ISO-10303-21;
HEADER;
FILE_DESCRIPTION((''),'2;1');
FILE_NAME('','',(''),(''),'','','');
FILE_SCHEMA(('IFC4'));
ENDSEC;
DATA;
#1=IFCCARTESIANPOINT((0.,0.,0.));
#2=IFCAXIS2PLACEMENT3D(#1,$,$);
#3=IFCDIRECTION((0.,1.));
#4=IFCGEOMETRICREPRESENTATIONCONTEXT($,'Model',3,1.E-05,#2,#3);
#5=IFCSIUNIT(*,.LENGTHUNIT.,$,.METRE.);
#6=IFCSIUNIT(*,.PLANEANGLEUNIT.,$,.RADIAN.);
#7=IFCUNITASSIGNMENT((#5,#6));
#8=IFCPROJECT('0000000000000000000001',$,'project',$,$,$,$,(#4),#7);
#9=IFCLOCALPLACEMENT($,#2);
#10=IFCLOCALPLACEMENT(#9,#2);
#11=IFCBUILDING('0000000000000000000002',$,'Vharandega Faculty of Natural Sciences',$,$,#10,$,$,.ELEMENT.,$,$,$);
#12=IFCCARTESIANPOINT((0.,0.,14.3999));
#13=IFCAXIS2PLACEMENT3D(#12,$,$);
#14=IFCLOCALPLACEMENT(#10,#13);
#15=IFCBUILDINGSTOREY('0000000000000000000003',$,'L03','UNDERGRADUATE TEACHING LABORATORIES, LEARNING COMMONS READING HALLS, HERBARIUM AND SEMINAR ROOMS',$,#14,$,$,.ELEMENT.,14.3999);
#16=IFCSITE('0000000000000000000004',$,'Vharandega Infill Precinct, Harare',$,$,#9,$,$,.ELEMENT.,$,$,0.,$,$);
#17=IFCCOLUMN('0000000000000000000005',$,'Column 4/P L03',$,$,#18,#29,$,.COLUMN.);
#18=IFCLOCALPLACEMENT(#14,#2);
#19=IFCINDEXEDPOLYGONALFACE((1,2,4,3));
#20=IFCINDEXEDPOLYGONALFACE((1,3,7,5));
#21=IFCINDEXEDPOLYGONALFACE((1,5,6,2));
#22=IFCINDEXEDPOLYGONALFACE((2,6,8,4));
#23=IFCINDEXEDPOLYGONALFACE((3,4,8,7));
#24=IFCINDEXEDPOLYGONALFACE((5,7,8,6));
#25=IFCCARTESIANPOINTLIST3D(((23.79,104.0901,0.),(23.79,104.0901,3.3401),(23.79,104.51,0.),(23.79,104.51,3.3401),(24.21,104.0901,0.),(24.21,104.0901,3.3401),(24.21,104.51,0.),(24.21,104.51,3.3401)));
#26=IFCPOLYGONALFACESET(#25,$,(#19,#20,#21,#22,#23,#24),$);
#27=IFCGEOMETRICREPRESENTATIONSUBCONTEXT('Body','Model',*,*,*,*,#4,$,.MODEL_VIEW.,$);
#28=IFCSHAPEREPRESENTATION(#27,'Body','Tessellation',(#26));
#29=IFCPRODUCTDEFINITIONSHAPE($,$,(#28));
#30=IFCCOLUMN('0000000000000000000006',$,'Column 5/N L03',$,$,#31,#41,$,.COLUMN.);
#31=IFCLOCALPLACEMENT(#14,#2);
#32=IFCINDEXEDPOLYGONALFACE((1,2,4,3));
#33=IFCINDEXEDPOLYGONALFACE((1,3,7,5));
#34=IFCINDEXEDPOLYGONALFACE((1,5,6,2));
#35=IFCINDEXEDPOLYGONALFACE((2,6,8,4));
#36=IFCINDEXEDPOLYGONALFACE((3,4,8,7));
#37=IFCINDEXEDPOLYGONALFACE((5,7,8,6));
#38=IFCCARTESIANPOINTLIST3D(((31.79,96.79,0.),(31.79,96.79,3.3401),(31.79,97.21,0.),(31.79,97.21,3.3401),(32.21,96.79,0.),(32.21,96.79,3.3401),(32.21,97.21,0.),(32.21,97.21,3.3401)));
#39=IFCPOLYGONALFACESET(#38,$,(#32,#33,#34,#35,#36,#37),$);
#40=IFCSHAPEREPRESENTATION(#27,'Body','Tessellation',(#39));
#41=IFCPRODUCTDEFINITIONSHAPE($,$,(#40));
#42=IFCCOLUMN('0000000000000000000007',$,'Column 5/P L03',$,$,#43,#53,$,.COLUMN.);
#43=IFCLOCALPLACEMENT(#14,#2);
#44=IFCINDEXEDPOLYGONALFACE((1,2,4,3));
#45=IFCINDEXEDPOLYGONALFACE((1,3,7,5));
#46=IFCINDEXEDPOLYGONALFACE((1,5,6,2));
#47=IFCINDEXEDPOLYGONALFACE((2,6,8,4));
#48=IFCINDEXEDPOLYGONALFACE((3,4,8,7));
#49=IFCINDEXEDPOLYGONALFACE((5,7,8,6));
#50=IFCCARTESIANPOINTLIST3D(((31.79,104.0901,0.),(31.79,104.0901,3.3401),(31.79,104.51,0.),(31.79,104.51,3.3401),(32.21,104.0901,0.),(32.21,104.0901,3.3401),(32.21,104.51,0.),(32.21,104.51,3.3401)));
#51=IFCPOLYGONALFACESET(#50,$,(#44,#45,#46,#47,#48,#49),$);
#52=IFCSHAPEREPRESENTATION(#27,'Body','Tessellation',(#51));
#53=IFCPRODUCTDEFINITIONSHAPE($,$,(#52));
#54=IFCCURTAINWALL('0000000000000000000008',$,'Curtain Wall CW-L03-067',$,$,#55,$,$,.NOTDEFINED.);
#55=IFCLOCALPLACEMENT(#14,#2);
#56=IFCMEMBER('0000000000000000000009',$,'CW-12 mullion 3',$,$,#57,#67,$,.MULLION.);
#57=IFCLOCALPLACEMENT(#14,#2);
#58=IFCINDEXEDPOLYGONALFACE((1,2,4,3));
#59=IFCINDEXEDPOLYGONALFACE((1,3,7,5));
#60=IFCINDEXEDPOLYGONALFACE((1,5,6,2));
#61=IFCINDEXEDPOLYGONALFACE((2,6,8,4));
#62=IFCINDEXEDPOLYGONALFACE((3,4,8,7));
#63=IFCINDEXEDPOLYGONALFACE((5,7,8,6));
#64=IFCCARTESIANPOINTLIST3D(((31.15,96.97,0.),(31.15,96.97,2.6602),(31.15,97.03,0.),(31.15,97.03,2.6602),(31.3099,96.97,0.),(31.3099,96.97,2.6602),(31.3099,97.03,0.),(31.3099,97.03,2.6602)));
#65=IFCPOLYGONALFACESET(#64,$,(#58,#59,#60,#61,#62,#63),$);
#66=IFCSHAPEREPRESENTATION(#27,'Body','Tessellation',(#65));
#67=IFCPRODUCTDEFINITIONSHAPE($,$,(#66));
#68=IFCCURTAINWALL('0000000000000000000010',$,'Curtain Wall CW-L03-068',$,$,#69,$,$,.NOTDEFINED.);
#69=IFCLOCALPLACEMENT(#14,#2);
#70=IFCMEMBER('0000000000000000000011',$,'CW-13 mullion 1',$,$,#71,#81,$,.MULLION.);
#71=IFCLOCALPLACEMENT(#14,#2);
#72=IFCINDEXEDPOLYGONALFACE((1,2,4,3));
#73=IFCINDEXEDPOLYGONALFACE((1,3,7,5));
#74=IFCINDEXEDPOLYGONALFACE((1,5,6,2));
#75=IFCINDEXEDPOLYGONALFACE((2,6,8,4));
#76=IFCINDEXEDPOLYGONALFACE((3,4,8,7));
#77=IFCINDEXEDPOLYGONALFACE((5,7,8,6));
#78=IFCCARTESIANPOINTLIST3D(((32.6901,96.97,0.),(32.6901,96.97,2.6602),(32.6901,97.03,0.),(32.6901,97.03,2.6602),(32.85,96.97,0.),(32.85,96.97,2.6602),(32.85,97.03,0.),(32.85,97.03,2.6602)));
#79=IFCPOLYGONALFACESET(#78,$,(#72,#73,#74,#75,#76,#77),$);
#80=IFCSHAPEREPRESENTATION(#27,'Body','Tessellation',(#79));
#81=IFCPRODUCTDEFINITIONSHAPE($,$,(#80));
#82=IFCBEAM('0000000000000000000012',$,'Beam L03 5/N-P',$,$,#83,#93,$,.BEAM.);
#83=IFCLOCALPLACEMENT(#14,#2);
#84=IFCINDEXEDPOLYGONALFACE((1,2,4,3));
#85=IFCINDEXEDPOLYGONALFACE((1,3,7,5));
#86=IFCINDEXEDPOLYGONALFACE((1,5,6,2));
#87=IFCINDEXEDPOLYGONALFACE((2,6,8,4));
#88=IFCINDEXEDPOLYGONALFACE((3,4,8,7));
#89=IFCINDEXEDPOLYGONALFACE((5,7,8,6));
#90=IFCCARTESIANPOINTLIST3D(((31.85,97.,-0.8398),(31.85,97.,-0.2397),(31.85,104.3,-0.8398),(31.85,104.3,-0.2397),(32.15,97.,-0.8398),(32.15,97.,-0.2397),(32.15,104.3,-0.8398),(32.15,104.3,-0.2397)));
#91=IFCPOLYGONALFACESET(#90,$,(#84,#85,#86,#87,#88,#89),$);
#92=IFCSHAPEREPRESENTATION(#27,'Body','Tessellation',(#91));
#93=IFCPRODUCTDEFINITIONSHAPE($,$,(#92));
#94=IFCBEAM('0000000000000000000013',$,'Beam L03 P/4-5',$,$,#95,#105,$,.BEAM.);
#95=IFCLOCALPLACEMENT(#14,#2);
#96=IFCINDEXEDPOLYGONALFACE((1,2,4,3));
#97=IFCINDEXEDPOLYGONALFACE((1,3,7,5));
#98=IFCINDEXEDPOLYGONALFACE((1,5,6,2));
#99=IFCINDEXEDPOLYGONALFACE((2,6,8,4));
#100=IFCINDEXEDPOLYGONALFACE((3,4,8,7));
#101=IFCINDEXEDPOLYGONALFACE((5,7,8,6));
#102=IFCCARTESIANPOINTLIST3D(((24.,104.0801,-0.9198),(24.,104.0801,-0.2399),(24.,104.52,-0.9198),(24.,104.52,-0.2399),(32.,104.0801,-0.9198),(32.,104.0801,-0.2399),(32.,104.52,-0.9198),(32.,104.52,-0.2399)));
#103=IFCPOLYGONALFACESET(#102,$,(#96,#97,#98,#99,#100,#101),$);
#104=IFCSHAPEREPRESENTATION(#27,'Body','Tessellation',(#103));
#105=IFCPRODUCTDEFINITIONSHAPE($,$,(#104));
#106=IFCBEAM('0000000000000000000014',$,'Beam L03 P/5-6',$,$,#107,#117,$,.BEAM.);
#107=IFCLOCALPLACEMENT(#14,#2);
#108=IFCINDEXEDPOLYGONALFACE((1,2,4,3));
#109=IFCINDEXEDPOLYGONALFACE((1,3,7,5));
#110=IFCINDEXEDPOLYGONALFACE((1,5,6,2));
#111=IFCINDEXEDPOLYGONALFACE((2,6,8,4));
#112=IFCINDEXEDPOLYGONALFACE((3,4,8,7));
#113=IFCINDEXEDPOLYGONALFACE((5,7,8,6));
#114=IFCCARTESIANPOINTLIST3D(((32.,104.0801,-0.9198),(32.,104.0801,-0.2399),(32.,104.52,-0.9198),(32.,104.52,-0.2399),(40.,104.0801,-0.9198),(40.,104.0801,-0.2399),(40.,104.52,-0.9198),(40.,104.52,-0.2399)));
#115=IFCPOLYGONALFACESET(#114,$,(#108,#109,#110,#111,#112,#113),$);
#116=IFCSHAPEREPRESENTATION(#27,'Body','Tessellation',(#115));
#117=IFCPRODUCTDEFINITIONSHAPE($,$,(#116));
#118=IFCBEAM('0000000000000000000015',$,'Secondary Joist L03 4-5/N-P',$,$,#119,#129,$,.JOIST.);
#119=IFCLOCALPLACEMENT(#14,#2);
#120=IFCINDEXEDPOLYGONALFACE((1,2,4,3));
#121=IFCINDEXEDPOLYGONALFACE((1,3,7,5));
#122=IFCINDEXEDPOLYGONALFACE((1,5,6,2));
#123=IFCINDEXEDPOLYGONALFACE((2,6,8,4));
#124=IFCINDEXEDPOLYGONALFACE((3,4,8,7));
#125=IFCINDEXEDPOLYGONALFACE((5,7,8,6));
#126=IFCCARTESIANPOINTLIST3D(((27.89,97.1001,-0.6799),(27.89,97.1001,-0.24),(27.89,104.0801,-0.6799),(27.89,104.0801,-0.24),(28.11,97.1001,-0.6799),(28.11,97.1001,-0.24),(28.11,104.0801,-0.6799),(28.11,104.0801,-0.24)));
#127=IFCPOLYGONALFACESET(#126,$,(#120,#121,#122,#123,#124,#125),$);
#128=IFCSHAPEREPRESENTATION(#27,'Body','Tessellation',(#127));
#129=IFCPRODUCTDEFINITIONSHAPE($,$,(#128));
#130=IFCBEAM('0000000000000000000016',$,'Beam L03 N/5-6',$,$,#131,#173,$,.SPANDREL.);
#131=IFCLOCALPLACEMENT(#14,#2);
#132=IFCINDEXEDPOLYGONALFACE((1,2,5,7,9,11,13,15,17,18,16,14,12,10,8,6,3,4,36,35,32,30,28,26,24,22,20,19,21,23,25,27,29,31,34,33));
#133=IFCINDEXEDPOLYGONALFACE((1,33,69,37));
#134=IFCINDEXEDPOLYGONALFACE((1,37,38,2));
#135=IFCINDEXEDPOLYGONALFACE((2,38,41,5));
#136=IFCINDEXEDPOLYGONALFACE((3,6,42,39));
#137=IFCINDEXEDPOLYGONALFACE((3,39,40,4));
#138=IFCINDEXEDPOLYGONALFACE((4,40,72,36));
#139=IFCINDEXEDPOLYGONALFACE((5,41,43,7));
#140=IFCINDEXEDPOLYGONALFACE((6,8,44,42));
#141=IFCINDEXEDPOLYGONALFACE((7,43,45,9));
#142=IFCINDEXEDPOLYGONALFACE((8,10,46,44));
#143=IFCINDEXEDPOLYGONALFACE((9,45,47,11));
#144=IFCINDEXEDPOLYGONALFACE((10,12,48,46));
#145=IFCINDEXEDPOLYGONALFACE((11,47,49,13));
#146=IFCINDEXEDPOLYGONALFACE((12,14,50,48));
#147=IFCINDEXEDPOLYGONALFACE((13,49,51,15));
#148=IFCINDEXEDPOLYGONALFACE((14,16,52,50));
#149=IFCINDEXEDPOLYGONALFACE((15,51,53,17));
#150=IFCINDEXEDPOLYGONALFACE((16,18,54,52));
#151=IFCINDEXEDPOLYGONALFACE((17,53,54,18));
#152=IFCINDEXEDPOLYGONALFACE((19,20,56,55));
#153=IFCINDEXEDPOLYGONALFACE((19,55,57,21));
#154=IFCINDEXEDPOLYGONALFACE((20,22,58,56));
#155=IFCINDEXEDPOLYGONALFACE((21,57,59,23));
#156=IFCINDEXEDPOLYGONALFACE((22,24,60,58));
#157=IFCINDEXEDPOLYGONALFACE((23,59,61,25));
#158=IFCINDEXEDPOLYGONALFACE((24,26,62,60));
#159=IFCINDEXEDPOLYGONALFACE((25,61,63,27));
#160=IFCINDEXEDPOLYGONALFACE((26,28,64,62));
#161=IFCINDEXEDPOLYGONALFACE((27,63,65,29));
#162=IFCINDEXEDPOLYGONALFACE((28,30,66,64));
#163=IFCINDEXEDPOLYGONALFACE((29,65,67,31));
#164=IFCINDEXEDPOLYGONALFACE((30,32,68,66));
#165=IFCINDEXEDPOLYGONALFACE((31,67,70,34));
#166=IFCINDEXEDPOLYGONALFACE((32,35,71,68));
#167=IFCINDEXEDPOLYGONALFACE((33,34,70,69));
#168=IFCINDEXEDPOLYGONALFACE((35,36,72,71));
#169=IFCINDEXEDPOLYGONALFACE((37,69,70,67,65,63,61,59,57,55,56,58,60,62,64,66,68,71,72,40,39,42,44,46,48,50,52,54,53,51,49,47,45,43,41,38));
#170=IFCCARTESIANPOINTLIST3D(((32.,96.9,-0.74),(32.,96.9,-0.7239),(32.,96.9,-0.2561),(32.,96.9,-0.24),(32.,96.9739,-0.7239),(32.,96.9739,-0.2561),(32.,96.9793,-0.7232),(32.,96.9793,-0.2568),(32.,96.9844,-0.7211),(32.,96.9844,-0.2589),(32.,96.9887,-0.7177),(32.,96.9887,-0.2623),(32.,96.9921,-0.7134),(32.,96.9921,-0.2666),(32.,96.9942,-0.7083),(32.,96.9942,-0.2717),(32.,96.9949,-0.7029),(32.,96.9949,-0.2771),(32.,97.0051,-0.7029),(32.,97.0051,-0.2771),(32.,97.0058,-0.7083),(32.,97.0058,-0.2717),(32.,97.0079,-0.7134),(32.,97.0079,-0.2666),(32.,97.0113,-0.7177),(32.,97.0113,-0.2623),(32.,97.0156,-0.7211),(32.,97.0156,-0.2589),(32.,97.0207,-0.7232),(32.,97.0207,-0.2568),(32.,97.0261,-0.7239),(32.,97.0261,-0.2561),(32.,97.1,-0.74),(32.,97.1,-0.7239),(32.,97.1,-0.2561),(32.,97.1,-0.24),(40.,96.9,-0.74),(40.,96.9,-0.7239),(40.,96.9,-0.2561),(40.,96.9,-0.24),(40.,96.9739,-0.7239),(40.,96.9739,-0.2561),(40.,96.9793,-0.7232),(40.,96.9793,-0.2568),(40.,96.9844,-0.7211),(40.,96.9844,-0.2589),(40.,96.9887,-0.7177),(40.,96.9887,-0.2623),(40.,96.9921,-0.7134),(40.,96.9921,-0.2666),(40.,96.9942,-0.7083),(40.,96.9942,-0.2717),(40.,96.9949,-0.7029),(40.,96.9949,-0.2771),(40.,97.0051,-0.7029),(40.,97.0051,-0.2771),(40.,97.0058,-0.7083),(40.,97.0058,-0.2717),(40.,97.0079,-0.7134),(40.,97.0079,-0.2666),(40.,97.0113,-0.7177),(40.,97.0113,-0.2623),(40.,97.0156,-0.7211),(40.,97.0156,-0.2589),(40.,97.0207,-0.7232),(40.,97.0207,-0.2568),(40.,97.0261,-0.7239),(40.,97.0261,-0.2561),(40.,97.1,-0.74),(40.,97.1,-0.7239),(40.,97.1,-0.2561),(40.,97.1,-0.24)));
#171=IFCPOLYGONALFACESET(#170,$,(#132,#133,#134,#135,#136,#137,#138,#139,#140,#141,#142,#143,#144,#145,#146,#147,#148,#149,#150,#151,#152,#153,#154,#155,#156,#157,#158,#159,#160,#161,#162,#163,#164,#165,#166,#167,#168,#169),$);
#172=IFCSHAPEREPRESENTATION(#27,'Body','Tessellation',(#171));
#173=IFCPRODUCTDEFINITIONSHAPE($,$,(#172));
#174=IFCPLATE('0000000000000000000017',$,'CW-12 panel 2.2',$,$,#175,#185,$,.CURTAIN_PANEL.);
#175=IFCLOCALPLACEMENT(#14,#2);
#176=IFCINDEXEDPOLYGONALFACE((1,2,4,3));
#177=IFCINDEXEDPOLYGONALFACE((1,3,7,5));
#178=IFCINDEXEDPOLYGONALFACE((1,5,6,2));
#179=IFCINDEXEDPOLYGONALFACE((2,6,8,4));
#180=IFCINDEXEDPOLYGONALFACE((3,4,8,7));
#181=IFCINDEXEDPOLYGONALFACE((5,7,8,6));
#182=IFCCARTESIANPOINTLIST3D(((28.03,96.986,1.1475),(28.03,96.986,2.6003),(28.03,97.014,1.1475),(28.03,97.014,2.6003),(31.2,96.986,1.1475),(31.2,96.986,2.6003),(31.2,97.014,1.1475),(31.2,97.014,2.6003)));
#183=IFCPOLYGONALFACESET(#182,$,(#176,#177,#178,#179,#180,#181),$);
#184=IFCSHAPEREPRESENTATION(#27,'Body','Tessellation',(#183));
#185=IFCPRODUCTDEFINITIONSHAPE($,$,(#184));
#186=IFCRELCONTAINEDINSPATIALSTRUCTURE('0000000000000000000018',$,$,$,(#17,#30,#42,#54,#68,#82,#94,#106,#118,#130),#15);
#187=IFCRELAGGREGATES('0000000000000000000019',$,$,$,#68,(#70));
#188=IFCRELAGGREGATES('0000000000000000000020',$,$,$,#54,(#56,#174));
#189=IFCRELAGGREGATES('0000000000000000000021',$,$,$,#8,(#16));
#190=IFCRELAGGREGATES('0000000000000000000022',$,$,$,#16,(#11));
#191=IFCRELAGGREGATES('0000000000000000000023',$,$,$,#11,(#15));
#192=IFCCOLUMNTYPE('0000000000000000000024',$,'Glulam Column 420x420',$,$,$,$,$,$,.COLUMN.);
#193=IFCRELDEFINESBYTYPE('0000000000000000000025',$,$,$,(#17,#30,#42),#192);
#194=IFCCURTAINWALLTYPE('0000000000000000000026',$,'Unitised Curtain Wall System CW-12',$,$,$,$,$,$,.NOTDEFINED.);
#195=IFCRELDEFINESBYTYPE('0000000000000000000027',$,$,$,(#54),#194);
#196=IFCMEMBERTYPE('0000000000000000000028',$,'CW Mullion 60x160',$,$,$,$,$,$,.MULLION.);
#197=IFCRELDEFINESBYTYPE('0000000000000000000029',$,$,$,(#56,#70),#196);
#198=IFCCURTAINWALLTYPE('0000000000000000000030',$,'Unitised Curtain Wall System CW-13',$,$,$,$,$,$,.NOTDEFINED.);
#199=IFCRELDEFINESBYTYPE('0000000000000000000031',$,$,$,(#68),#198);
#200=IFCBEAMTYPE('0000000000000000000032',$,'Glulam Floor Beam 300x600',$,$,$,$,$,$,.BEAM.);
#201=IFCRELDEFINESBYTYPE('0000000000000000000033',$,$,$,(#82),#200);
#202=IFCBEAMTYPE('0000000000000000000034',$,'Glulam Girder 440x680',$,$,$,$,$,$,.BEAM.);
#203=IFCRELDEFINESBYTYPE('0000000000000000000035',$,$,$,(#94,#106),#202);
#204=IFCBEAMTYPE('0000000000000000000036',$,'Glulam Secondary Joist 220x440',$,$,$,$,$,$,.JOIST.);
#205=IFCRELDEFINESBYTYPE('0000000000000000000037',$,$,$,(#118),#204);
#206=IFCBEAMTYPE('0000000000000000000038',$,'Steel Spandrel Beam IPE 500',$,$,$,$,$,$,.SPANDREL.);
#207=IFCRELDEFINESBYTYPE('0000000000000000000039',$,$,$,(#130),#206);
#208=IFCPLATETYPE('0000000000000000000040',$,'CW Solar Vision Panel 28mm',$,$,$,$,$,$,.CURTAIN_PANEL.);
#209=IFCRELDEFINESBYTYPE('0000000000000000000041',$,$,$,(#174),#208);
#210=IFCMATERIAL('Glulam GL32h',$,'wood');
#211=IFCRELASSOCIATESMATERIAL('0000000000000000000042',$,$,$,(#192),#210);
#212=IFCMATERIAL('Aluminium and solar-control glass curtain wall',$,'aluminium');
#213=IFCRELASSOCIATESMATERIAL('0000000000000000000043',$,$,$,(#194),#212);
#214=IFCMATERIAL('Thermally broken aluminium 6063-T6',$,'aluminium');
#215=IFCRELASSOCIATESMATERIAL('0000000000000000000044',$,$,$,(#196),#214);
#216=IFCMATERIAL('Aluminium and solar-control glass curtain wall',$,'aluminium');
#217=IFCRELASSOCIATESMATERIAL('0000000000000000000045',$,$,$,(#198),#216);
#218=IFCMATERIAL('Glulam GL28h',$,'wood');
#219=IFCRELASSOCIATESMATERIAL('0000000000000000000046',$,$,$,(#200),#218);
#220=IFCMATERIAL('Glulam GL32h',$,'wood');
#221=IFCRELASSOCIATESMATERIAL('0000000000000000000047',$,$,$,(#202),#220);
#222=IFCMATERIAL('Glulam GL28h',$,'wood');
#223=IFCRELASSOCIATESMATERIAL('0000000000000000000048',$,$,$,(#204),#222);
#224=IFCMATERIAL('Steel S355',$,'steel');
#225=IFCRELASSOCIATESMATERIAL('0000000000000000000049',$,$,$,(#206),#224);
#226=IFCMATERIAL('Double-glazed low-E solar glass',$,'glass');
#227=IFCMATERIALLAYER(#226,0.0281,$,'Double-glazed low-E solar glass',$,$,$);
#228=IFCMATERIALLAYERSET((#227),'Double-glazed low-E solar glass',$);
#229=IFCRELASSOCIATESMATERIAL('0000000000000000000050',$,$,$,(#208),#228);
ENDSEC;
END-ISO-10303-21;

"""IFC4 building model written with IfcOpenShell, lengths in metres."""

from ifc_helpers import new_model, si_unit, direction, frame, origin, origin_2d, place, context, subcontext, project, spatial, rectangle, i_section, extrude, material, layer, layer_set, material_profile, profile_set, type_object, element, aggregate, save


model = new_model("IFC4")

# Units and contexts
model_context = context("Model", 3, precision=1e-05, world=origin(), true_north=direction((0.0, 1.0)))
body_context = subcontext(model_context, "Body", "Model", "MODEL_VIEW")
ifc_project = project(units=[si_unit("LENGTHUNIT", "METRE"), si_unit("PLANEANGLEUNIT", "RADIAN")], contexts=[model_context])

# Site, building, storey
site_placement = place(None, origin())
site = spatial("IfcSite", under=ifc_project, at=site_placement, Name="Vharandega Infill Precinct, Harare", CompositionType="ELEMENT", RefElevation=0.0)
building_placement = place(site_placement, origin())
building = spatial("IfcBuilding", under=site, at=building_placement, Name="Vharandega Faculty of Natural Sciences", CompositionType="ELEMENT")
storey_placement = place(building_placement, frame((0.0, 0.0, 14.3999)))
storey = spatial("IfcBuildingStorey", under=building, at=storey_placement, Name="L03", Description="UNDERGRADUATE TEACHING LABORATORIES, LEARNING COMMONS READING HALLS, HERBARIUM AND SEMINAR ROOMS", CompositionType="ELEMENT", Elevation=14.3999)

# Columns
ifc_material_1 = material(Name="Glulam GL32h", Category="wood")
ifc_material_profile_1 = material_profile(ifc_material_1, rectangle(XDim=0.4199, YDim=0.4199, at=origin_2d()), Name="GL32h 420x420")
ifc_profile_set_1 = profile_set([ifc_material_profile_1], Name="Glulam GL32h")
column_type = type_object("IfcColumnType", Name="Glulam Column 420x420", PredefinedType="COLUMN", material=ifc_profile_set_1)
for number, where, z_axis, x_axis, name in (
    (1, (24.0, 104.3, 0.0), (0.0, 0.0, 1.0), (1.0, 0.0, 0.0), "Column 4/P L03"),
    (2, (32.0, 97.0, 0.0), (0.0, 0.0, 1.0), (1.0, 0.0, 0.0), "Column 5/N L03"),
    (3, (32.0, 104.3, 0.0), (0.0, 0.0, 1.0), (1.0, 0.0, 0.0), "Column 5/P L03"),
):
    element("IfcColumn", number, at=place(storey_placement, frame(where, z_axis=z_axis, x_axis=x_axis)), inside=storey, type_object=column_type, Name=name, PredefinedType="COLUMN", context=body_context, shape_type="SweptSolid", body=[
        extrude(rectangle(XDim=0.4199, YDim=0.4199, at=origin_2d()), origin(), (0.0, 0.0, 1.0), 3.3401),
    ])

# Curtain walls, members
ifc_material_2 = material(Name="Aluminium and solar-control glass curtain wall", Category="aluminium")
curtain_wall_type_1 = type_object("IfcCurtainWallType", Name="Unitised Curtain Wall System CW-12", PredefinedType="NOTDEFINED", material=ifc_material_2)
curtain_wall_1_placement = place(storey_placement, origin())
curtain_wall_1 = element("IfcCurtainWall", 4, at=curtain_wall_1_placement, inside=storey, type_object=curtain_wall_type_1, Name="Curtain Wall CW-L03-067", PredefinedType="NOTDEFINED")
ifc_material_3 = material(Name="Thermally broken aluminium 6063-T6", Category="aluminium")
ifc_material_profile_2 = material_profile(ifc_material_3, rectangle(XDim=0.0601, YDim=0.1599, at=origin_2d()), Name="ALU 60x160")
ifc_profile_set_2 = profile_set([ifc_material_profile_2], Name="Thermally broken aluminium 6063-T6")
member_type = type_object("IfcMemberType", Name="CW Mullion 60x160", PredefinedType="MULLION", material=ifc_profile_set_2)
member_1_placement = place(storey_placement, frame((31.23, 97.0, 0.0), z_axis=(0.0, 0.0, 1.0), x_axis=(0.0, 1.0, 0.0)))
member_1 = element("IfcMember", 5, at=member_1_placement, type_object=member_type, Name="CW-12 mullion 3", PredefinedType="MULLION", context=body_context, shape_type="SweptSolid", body=[
    extrude(rectangle(XDim=0.0601, YDim=0.1599, at=origin_2d()), origin(), (0.0, 0.0, 1.0), 2.6602),
])
ifc_material_4 = material(Name="Aluminium and solar-control glass curtain wall", Category="aluminium")
curtain_wall_type_2 = type_object("IfcCurtainWallType", Name="Unitised Curtain Wall System CW-13", PredefinedType="NOTDEFINED", material=ifc_material_4)
curtain_wall_2_placement = place(storey_placement, origin())
curtain_wall_2 = element("IfcCurtainWall", 6, at=curtain_wall_2_placement, inside=storey, type_object=curtain_wall_type_2, Name="Curtain Wall CW-L03-068", PredefinedType="NOTDEFINED")
member_2_placement = place(storey_placement, frame((32.77, 97.0, 0.0), z_axis=(0.0, 0.0, 1.0), x_axis=(0.0, 1.0, 0.0)))
member_2 = element("IfcMember", 7, at=member_2_placement, type_object=member_type, Name="CW-13 mullion 1", PredefinedType="MULLION", context=body_context, shape_type="SweptSolid", body=[
    extrude(rectangle(XDim=0.0601, YDim=0.1599, at=origin_2d()), origin(), (0.0, 0.0, 1.0), 2.6602),
])
aggregate(curtain_wall_2, [member_2])

# Beams
ifc_material_5 = material(Name="Glulam GL28h", Category="wood")
ifc_material_profile_3 = material_profile(ifc_material_5, rectangle(XDim=0.3, YDim=0.6001, at=origin_2d()), Name="GL28h 300x600")
ifc_profile_set_3 = profile_set([ifc_material_profile_3], Name="Glulam GL28h")
beam_type_1 = type_object("IfcBeamType", Name="Glulam Floor Beam 300x600", PredefinedType="BEAM", material=ifc_profile_set_3)
beam_1_placement = place(storey_placement, frame((32.0, 97.0, -0.5398), z_axis=(0.0, 1.0, 0.0), x_axis=(-1.0, 0.0, 0.0)))
element("IfcBeam", 8, at=beam_1_placement, inside=storey, type_object=beam_type_1, Name="Beam L03 5/N-P", PredefinedType="BEAM", context=body_context, shape_type="SweptSolid", body=[
    extrude(rectangle(XDim=0.3, YDim=0.6001, at=origin_2d()), origin(), (0.0, 0.0, 1.0), 7.3),
])
ifc_material_6 = material(Name="Glulam GL32h", Category="wood")
ifc_material_profile_4 = material_profile(ifc_material_6, rectangle(XDim=0.4399, YDim=0.6799, at=origin_2d()), Name="GL32h 440x680")
ifc_profile_set_4 = profile_set([ifc_material_profile_4], Name="Glulam GL32h")
beam_type_2 = type_object("IfcBeamType", Name="Glulam Girder 440x680", PredefinedType="BEAM", material=ifc_profile_set_4)
for number, where, z_axis, x_axis, name in (
    (9, (24.0, 104.3, -0.5798), (1.0, 0.0, 0.0), (0.0, 1.0, 0.0), "Beam L03 P/4-5"),
    (10, (32.0, 104.3, -0.5798), (1.0, 0.0, 0.0), (0.0, 1.0, 0.0), "Beam L03 P/5-6"),
):
    element("IfcBeam", number, at=place(storey_placement, frame(where, z_axis=z_axis, x_axis=x_axis)), inside=storey, type_object=beam_type_2, Name=name, PredefinedType="BEAM", context=body_context, shape_type="SweptSolid", body=[
        extrude(rectangle(XDim=0.4399, YDim=0.6799, at=origin_2d()), origin(), (0.0, 0.0, 1.0), 8.0),
    ])
ifc_material_7 = material(Name="Glulam GL28h", Category="wood")
ifc_material_profile_5 = material_profile(ifc_material_7, rectangle(XDim=0.22, YDim=0.4399, at=origin_2d()), Name="GL28h 220x440")
ifc_profile_set_5 = profile_set([ifc_material_profile_5], Name="Glulam GL28h")
beam_type_3 = type_object("IfcBeamType", Name="Glulam Secondary Joist 220x440", PredefinedType="JOIST", material=ifc_profile_set_5)
beam_2_placement = place(storey_placement, frame((28.0, 97.1001, -0.46), z_axis=(0.0, 1.0, 0.0), x_axis=(-1.0, 0.0, 0.0)))
element("IfcBeam", 11, at=beam_2_placement, inside=storey, type_object=beam_type_3, Name="Secondary Joist L03 4-5/N-P", PredefinedType="JOIST", context=body_context, shape_type="SweptSolid", body=[
    extrude(rectangle(XDim=0.22, YDim=0.4399, at=origin_2d()), origin(), (0.0, 0.0, 1.0), 6.98),
])
ifc_material_8 = material(Name="Steel S355", Category="steel")
ifc_material_profile_6 = material_profile(ifc_material_8, i_section(OverallWidth=0.2, OverallDepth=0.5, WebThickness=0.0103, FlangeThickness=0.0161, FilletRadius=0.021, at=origin_2d()), Name="IPE 500")
ifc_profile_set_6 = profile_set([ifc_material_profile_6], Name="Steel S355")
beam_type_4 = type_object("IfcBeamType", Name="Steel Spandrel Beam IPE 500", PredefinedType="SPANDREL", material=ifc_profile_set_6)
beam_3_placement = place(storey_placement, frame((32.0, 97.0, -0.49), z_axis=(1.0, 0.0, 0.0), x_axis=(0.0, 1.0, 0.0)))
element("IfcBeam", 12, at=beam_3_placement, inside=storey, type_object=beam_type_4, Name="Beam L03 N/5-6", PredefinedType="SPANDREL", context=body_context, shape_type="SweptSolid", body=[
    extrude(i_section(OverallWidth=0.2, OverallDepth=0.5, WebThickness=0.0103, FlangeThickness=0.0161, FilletRadius=0.021, at=origin_2d()), origin(), (0.0, 0.0, 1.0), 8.0),
])

# Plate
ifc_material_9 = material(Name="Double-glazed low-E solar glass", Category="glass")
ifc_layer_1 = layer(ifc_material_9, 0.0281, Name="Double-glazed low-E solar glass")
ifc_layer_set_1 = layer_set([ifc_layer_1], Name="Double-glazed low-E solar glass")
plate_type = type_object("IfcPlateType", Name="CW Solar Vision Panel 28mm", PredefinedType="CURTAIN_PANEL", material=ifc_layer_set_1)
plate_placement = place(storey_placement, frame((29.615, 97.0, 1.1475), z_axis=(0.0, 0.0, 1.0), x_axis=(1.0, 0.0, 0.0)))
plate = element("IfcPlate", 13, at=plate_placement, type_object=plate_type, Name="CW-12 panel 2.2", PredefinedType="CURTAIN_PANEL", context=body_context, shape_type="SweptSolid", body=[
    extrude(rectangle(XDim=3.1699, YDim=0.0281, at=origin_2d()), origin(), (0.0, 0.0, 1.0), 1.4529),
])
aggregate(curtain_wall_1, [member_1, plate])

save(model, "model.ifc")
